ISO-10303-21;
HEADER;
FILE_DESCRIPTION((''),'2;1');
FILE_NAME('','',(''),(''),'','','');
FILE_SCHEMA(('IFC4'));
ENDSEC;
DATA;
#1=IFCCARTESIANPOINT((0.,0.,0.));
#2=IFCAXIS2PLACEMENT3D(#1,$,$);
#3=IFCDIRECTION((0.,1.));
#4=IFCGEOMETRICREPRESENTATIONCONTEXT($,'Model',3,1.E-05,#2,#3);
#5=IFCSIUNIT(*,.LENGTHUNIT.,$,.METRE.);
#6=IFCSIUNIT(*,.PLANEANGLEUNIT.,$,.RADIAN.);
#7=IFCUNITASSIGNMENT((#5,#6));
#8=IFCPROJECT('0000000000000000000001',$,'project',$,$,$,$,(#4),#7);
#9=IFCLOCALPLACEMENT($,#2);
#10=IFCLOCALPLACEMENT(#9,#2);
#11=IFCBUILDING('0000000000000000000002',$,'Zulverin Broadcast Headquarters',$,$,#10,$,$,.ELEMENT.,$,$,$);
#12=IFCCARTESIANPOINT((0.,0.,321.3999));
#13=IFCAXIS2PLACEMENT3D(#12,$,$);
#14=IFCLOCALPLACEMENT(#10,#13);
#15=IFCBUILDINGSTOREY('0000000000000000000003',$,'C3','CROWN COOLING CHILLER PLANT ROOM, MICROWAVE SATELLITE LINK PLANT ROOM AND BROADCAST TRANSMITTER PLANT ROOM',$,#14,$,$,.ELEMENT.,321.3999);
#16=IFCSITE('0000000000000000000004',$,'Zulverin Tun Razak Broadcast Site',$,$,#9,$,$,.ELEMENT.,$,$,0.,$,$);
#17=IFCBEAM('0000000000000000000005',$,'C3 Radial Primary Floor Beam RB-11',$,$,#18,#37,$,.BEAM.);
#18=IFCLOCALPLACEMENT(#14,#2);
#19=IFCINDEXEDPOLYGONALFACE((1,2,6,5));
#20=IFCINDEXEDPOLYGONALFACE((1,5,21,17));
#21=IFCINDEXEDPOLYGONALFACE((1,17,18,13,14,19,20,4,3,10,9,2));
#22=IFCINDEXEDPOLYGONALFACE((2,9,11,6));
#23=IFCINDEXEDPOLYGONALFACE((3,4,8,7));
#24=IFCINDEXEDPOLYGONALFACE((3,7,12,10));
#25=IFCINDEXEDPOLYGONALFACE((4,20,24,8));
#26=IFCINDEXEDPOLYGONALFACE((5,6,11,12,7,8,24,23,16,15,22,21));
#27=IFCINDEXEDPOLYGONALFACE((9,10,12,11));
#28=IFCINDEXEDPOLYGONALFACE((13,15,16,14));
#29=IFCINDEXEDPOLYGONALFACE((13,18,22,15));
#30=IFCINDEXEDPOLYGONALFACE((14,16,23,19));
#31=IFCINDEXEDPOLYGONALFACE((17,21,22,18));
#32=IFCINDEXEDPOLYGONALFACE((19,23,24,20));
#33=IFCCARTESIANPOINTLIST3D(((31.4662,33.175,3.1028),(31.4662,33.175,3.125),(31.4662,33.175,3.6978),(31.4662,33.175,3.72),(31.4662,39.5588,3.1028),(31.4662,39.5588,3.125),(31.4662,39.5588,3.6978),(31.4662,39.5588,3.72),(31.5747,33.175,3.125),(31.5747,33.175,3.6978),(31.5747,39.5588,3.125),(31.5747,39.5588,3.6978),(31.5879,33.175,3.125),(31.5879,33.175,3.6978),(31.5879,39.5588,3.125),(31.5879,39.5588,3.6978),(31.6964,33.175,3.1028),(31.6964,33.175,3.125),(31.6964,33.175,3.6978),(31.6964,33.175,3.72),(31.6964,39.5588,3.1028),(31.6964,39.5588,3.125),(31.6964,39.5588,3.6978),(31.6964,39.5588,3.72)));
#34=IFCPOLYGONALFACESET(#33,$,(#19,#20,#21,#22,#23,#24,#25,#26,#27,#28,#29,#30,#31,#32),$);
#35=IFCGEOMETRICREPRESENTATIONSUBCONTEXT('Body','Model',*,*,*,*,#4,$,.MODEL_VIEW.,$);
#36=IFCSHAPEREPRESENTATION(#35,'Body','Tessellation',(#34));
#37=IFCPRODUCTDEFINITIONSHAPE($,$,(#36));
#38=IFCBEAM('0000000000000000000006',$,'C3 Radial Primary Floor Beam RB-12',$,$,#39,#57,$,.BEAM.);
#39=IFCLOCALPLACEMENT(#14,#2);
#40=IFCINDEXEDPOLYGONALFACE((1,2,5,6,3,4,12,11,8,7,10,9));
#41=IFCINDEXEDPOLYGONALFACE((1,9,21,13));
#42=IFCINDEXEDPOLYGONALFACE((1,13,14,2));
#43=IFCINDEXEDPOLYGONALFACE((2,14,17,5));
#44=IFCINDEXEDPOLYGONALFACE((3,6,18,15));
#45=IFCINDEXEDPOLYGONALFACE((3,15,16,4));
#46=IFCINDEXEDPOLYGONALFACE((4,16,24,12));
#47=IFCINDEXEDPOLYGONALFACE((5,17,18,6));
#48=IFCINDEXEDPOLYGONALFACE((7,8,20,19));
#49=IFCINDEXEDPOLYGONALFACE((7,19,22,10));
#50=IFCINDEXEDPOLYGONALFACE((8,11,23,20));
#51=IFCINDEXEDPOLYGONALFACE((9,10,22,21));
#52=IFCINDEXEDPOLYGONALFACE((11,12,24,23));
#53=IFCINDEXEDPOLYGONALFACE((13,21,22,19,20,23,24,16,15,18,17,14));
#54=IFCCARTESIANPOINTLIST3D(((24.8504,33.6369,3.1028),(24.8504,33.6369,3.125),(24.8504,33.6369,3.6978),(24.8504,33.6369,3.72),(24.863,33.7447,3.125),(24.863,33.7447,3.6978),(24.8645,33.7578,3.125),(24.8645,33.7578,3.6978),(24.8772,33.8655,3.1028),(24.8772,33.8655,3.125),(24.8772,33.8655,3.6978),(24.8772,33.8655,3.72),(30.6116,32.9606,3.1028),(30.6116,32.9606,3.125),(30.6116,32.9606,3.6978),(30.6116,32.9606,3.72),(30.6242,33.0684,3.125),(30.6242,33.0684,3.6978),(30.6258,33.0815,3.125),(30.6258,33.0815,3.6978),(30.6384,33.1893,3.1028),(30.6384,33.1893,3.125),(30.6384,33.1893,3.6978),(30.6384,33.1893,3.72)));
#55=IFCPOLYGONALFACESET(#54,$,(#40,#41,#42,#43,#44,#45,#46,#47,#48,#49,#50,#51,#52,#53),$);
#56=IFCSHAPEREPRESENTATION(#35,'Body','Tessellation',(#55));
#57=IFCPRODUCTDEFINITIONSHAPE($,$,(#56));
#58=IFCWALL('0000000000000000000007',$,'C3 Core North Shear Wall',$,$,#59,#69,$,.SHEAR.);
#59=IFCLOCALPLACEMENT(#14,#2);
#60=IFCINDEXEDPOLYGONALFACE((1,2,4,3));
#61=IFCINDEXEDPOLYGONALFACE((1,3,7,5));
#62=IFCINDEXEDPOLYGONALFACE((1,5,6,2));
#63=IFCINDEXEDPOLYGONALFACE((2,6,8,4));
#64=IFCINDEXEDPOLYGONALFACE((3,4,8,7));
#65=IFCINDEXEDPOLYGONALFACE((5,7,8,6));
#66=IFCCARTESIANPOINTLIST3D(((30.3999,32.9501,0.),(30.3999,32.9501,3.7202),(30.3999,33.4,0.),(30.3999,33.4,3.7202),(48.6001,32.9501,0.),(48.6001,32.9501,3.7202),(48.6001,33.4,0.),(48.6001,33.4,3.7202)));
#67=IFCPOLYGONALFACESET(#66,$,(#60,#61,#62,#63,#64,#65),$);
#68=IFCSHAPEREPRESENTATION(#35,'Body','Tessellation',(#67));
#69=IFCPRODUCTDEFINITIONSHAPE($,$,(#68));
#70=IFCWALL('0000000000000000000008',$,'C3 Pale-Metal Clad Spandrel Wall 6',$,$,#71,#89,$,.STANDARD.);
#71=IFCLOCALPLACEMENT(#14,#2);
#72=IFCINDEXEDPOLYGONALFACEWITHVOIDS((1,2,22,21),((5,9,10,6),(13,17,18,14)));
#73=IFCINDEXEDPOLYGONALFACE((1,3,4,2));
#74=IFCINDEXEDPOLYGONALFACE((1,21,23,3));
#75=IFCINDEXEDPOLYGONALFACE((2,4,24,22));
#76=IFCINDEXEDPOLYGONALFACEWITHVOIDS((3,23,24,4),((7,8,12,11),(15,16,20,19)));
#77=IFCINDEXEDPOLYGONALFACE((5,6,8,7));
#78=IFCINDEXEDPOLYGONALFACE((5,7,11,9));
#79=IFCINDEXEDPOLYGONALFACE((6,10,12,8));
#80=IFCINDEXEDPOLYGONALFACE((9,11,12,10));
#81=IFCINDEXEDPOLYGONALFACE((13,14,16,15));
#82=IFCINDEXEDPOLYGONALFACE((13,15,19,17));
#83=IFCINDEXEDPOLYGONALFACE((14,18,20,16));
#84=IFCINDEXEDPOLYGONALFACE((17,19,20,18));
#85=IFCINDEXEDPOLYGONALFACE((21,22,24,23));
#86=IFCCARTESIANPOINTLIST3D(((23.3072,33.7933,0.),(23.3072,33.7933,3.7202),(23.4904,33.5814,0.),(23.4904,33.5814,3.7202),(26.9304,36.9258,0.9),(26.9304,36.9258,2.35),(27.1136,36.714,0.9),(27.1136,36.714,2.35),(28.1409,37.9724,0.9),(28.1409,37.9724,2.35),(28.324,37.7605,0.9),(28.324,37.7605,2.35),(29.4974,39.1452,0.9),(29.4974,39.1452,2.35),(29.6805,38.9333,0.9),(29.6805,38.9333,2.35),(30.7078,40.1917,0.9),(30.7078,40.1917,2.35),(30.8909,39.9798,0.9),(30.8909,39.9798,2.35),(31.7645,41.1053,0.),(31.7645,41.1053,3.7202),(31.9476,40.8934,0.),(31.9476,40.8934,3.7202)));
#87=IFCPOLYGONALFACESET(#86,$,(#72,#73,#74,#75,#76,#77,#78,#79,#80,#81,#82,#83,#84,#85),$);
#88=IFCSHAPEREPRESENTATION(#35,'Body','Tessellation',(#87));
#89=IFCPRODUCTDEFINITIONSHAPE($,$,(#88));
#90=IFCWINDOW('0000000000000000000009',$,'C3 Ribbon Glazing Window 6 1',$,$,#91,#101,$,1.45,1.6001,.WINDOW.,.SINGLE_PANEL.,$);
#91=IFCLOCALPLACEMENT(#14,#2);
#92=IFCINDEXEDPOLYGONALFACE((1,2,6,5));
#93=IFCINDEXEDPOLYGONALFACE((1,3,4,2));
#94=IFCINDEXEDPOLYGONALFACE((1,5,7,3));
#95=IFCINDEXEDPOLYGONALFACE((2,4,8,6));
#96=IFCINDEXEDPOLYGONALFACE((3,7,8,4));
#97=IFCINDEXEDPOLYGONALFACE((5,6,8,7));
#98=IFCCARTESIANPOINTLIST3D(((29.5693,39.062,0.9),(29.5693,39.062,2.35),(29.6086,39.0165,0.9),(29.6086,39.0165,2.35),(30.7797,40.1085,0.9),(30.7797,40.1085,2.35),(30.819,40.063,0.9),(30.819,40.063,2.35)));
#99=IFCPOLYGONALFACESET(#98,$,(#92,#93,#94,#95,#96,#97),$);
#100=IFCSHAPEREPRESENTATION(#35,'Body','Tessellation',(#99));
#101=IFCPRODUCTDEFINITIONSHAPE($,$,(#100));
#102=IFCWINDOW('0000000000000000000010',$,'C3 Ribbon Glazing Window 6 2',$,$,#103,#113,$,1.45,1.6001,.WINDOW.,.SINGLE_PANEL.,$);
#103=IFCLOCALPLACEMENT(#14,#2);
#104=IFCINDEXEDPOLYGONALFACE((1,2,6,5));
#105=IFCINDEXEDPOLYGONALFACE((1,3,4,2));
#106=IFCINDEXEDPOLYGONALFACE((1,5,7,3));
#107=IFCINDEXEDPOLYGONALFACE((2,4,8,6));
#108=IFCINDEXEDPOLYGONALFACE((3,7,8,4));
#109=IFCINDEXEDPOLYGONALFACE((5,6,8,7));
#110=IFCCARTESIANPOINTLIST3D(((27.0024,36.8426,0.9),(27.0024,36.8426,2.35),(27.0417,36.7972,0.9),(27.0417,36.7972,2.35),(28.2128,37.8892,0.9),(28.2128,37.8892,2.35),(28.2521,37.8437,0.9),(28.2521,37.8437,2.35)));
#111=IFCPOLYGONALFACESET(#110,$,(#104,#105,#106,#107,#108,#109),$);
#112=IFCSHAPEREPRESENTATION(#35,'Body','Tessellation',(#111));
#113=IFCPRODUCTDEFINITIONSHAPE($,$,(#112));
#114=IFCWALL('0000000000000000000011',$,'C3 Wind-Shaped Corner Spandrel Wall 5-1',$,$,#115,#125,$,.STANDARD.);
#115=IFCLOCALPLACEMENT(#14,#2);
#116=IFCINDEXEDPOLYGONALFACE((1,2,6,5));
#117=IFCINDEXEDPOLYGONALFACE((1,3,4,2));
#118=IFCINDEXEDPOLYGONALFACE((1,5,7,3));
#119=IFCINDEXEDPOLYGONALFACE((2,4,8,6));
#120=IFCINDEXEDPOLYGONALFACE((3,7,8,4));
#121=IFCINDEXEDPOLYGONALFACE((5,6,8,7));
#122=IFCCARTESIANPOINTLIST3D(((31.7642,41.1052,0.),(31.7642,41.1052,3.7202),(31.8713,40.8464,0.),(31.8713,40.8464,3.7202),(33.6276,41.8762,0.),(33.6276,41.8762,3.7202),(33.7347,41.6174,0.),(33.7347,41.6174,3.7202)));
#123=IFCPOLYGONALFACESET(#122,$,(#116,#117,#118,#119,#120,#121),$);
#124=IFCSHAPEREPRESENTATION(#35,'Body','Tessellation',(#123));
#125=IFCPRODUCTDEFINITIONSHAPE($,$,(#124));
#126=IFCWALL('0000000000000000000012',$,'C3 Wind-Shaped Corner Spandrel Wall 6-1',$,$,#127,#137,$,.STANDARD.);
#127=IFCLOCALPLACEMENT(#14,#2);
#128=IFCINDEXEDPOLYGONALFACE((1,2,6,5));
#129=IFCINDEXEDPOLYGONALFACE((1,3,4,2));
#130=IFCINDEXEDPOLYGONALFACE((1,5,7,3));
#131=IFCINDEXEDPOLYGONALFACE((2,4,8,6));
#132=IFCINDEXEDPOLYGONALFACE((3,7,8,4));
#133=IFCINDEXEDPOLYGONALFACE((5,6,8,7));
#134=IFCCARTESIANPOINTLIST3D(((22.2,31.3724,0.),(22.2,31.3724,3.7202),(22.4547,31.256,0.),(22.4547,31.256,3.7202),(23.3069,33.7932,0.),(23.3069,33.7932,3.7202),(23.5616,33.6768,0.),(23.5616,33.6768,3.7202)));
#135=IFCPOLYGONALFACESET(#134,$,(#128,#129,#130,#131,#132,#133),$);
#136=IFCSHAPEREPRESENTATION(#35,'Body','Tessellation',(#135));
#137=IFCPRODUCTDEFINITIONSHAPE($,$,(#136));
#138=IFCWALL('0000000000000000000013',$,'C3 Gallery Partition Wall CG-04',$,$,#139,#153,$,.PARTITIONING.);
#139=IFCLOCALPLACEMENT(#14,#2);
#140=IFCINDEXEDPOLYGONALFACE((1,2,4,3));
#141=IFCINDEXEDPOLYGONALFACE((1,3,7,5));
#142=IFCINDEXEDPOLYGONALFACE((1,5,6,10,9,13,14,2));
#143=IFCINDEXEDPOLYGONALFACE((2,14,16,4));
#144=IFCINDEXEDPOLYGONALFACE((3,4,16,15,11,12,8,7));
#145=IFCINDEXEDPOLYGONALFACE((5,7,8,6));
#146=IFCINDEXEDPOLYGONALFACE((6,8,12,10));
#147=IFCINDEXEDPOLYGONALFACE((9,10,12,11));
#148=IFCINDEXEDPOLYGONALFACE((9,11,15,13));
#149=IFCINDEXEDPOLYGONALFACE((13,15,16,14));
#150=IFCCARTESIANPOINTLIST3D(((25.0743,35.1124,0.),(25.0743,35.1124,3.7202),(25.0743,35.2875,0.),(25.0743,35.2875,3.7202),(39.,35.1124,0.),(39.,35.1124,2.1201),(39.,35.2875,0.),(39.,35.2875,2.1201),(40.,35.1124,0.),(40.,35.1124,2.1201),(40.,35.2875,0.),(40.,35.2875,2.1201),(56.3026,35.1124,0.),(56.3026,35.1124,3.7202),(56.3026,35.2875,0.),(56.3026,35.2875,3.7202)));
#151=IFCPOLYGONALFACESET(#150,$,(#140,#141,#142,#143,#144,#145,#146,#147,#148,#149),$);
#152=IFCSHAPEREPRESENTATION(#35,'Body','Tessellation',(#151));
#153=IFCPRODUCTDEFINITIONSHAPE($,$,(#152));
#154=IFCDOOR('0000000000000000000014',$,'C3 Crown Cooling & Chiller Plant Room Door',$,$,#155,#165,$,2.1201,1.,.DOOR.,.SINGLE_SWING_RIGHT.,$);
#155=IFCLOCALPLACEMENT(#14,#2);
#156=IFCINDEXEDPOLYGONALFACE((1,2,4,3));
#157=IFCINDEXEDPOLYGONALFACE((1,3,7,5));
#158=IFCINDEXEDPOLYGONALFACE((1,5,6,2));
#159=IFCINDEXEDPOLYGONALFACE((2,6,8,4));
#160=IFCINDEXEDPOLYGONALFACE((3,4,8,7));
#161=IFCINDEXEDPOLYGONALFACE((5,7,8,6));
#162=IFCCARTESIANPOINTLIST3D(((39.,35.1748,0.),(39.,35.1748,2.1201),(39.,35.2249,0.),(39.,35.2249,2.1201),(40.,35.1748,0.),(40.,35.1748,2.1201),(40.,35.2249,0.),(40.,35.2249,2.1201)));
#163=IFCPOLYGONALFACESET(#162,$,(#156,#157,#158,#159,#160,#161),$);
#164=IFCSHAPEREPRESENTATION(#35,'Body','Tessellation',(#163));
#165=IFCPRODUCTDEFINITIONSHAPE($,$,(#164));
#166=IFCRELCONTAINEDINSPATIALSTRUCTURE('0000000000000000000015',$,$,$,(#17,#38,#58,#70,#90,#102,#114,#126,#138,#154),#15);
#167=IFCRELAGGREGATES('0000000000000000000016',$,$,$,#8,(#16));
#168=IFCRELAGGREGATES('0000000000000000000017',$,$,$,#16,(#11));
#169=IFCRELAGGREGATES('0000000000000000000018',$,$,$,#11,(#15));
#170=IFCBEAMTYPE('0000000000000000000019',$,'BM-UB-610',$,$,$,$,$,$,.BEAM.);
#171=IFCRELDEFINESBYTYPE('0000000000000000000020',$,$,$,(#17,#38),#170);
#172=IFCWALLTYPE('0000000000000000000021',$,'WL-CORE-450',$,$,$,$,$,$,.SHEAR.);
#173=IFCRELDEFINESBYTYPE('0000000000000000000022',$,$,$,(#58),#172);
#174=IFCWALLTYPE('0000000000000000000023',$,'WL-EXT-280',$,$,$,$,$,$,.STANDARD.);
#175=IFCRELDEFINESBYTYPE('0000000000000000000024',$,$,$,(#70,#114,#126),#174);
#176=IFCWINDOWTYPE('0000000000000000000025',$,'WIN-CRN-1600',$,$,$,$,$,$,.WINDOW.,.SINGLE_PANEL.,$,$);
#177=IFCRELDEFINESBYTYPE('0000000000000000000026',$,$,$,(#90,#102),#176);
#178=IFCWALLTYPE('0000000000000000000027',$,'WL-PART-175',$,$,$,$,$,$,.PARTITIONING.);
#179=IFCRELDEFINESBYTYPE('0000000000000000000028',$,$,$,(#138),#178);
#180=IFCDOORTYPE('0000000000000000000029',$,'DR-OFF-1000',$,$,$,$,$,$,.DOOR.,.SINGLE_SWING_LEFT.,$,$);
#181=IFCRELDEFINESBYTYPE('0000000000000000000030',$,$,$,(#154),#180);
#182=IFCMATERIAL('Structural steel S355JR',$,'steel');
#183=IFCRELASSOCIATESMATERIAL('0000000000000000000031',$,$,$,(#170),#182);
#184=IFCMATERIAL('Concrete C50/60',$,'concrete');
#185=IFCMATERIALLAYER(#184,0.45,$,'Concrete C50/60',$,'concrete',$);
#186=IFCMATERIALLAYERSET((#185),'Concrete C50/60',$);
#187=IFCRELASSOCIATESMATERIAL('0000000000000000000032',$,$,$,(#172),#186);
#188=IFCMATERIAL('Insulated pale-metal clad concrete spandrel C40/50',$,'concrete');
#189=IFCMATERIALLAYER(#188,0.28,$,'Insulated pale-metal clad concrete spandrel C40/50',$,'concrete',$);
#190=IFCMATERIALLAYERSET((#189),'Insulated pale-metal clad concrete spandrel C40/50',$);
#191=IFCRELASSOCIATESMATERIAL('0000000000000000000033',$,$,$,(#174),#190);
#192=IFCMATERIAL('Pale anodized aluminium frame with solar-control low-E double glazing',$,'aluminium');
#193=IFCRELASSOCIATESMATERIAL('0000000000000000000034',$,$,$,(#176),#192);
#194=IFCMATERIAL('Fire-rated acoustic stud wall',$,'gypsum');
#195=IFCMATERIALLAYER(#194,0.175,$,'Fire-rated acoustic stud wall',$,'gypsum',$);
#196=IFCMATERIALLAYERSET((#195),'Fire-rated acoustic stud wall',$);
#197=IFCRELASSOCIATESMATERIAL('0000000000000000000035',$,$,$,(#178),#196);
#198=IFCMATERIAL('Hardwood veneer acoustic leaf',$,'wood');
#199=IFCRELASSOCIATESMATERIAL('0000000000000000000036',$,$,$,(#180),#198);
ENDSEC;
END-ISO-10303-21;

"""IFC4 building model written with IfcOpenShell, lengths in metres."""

from ifc_helpers import new_model, si_unit, direction, frame, frame_2d, origin, origin_2d, place, context, subcontext, project, spatial, rectangle, i_section, extrude, material, layer, layer_set, material_profile, profile_set, type_object, element, fill, save


model = new_model("IFC4")

# Units and contexts
model_context = context("Model", 3, precision=1e-05, world=origin(), true_north=direction((0.0, 1.0)))
body_context = subcontext(model_context, "Body", "Model", "MODEL_VIEW")
ifc_project = project(units=[si_unit("LENGTHUNIT", "METRE"), si_unit("PLANEANGLEUNIT", "RADIAN")], contexts=[model_context])

# Site, building, storey
site_placement = place(None, origin())
site = spatial("IfcSite", under=ifc_project, at=site_placement, Name="Zulverin Tun Razak Broadcast Site", CompositionType="ELEMENT", RefElevation=0.0)
building_placement = place(site_placement, origin())
building = spatial("IfcBuilding", under=site, at=building_placement, Name="Zulverin Broadcast Headquarters", CompositionType="ELEMENT")
storey_placement = place(building_placement, frame((0.0, 0.0, 321.3999)))
storey = spatial("IfcBuildingStorey", under=building, at=storey_placement, Name="C3", Description="CROWN COOLING CHILLER PLANT ROOM, MICROWAVE SATELLITE LINK PLANT ROOM AND BROADCAST TRANSMITTER PLANT ROOM", CompositionType="ELEMENT", Elevation=321.3999)

# Shared definitions
ifc_material_1 = material(Name="Structural steel S355JR", Category="steel")
ifc_material_2 = material(Name="Concrete C50/60", Category="concrete")

# Beams
ifc_material_profile_1 = material_profile(ifc_material_1, i_section(OverallWidth=0.2302, OverallDepth=0.6172, WebThickness=0.0132, FlangeThickness=0.0222, at=origin_2d()), Name="Structural steel S355JR", Category="steel")
ifc_profile_set_1 = profile_set([ifc_material_profile_1], Name="Structural steel S355JR")
beam_type_1 = type_object("IfcBeamType", Name="BM-UB-610", PredefinedType="BEAM", material=ifc_profile_set_1)
beam_1_placement = place(storey_placement, frame((31.5813, 33.175, 3.4114), z_axis=(0.0, 1.0, 0.0), x_axis=(-1.0, 0.0, 0.0)))
element("IfcBeam", 1, at=beam_1_placement, inside=storey, type_object=beam_type_1, Name="C3 Radial Primary Floor Beam RB-11", PredefinedType="BEAM", context=body_context, shape_type="SweptSolid", body=[
    extrude(i_section(OverallWidth=0.2302, OverallDepth=0.6172, WebThickness=0.0132, FlangeThickness=0.0222, at=origin_2d()), origin(), (0.0, 0.0, 1.0), 6.3838),
])
beam_2_placement = place(storey_placement, frame((30.625, 33.075, 3.4114), z_axis=(-0.993181, 0.116582, 0.0), x_axis=(-0.116582, -0.993181, 0.0)))
element("IfcBeam", 2, at=beam_2_placement, inside=storey, type_object=beam_type_1, Name="C3 Radial Primary Floor Beam RB-12", PredefinedType="BEAM", context=body_context, shape_type="SweptSolid", body=[
    extrude(i_section(OverallWidth=0.2302, OverallDepth=0.6172, WebThickness=0.0132, FlangeThickness=0.0222, at=origin_2d()), origin(), (0.0, 0.0, 1.0), 5.8008),
])

# Wall
ifc_layer_1 = layer(ifc_material_2, 0.45, Name="Concrete C50/60", Category="concrete")
ifc_layer_set_1 = layer_set([ifc_layer_1], Name="Concrete C50/60")
wall_type_1 = type_object("IfcWallType", Name="WL-CORE-450", PredefinedType="SHEAR", material=ifc_layer_set_1)
wall_1_placement = place(storey_placement, frame((30.3999, 33.175, 0.0), z_axis=(0.0, 0.0, 1.0), x_axis=(1.0, 0.0, 0.0)))
element("IfcWall", 3, at=wall_1_placement, inside=storey, type_object=wall_type_1, Name="C3 Core North Shear Wall", PredefinedType="SHEAR", context=body_context, shape_type="SweptSolid", body=[
    extrude(rectangle(XDim=18.2002, YDim=0.45, at=frame_2d((9.1001, 0.0))), origin(), (0.0, 0.0, 1.0), 3.7202),
])

# Wall, openings, windows
ifc_material_3 = material(Name="Insulated pale-metal clad concrete spandrel C40/50", Category="concrete")
ifc_layer_2 = layer(ifc_material_3, 0.28, Name="Insulated pale-metal clad concrete spandrel C40/50", Category="concrete")
ifc_layer_set_2 = layer_set([ifc_layer_2], Name="Insulated pale-metal clad concrete spandrel C40/50")
wall_type_2 = type_object("IfcWallType", Name="WL-EXT-280", PredefinedType="STANDARD", material=ifc_layer_set_2)
wall_2_placement = place(storey_placement, frame((31.856, 40.9993, 0.0), z_axis=(0.0, 0.0, 1.0), x_axis=(-0.756469, -0.65403, 0.0)))
wall_2 = element("IfcWall", 4, at=wall_2_placement, inside=storey, type_object=wall_type_2, Name="C3 Pale-Metal Clad Spandrel Wall 6", PredefinedType="STANDARD", context=body_context, shape_type="SweptSolid", body=[
    extrude(rectangle(XDim=11.1799, YDim=0.28, at=frame_2d((5.5898, 0.0))), origin(), (0.0, 0.0, 1.0), 3.7202),
])
opening_1_placement = place(wall_2_placement, frame((1.3967, 0.0, 0.8999)))
opening_1 = element("IfcOpeningElement", 5, at=opening_1_placement, cuts=wall_2, PredefinedType="OPENING", context=body_context, shape_type="SweptSolid", body=[
    extrude(rectangle(XDim=1.6001, YDim=1.45, at=frame_2d((0.8, 0.7251))), frame((0.0, 0.1499, 0.0), z_axis=(0.0, -1.0, 0.0), x_axis=(1.0, 0.0, 0.0)), (0.0, 0.0, 1.0), 0.3),
])
opening_2_placement = place(wall_2_placement, frame((4.79, 0.0, 0.8999)))
opening_2 = element("IfcOpeningElement", 6, at=opening_2_placement, cuts=wall_2, PredefinedType="OPENING", context=body_context, shape_type="SweptSolid", body=[
    extrude(rectangle(XDim=1.6001, YDim=1.45, at=frame_2d((0.8, 0.7251))), frame((0.0, 0.1499, 0.0), z_axis=(0.0, -1.0, 0.0), x_axis=(1.0, 0.0, 0.0)), (0.0, 0.0, 1.0), 0.3),
])
ifc_material_4 = material(Name="Pale anodized aluminium frame with solar-control low-E double glazing", Category="aluminium")
window_type = type_object("IfcWindowType", Name="WIN-CRN-1600", PartitioningType="SINGLE_PANEL", PredefinedType="WINDOW", material=ifc_material_4)
window_1_placement = place(opening_1_placement, origin())
window_1 = element("IfcWindow", 7, at=window_1_placement, inside=storey, type_object=window_type, Name="C3 Ribbon Glazing Window 6 1", OverallHeight=1.45, OverallWidth=1.6001, PartitioningType="SINGLE_PANEL", PredefinedType="WINDOW", context=body_context, shape_type="SweptSolid", body=[
    extrude(rectangle(XDim=1.6001, YDim=1.45, at=frame_2d((0.8, 0.7251))), frame((0.0, 0.03, 0.0), z_axis=(0.0, -1.0, 0.0), x_axis=(1.0, 0.0, 0.0)), (0.0, 0.0, 1.0), 0.0601),
])
fill(opening_1, window_1)
window_2_placement = place(opening_2_placement, origin())
window_2 = element("IfcWindow", 8, at=window_2_placement, inside=storey, type_object=window_type, Name="C3 Ribbon Glazing Window 6 2", OverallHeight=1.45, OverallWidth=1.6001, PartitioningType="SINGLE_PANEL", PredefinedType="WINDOW", context=body_context, shape_type="SweptSolid", body=[
    extrude(rectangle(XDim=1.6001, YDim=1.45, at=frame_2d((0.8, 0.7251))), frame((0.0, 0.03, 0.0), z_axis=(0.0, -1.0, 0.0), x_axis=(1.0, 0.0, 0.0)), (0.0, 0.0, 1.0), 0.0601),
])
fill(opening_2, window_2)

# Walls
wall_3_placement = place(storey_placement, frame((33.6812, 41.7468, 0.0), z_axis=(0.0, 0.0, 1.0), x_axis=(-0.92402, -0.382345, 0.0)))
element("IfcWall", 9, at=wall_3_placement, inside=storey, type_object=wall_type_2, Name="C3 Wind-Shaped Corner Spandrel Wall 5-1", PredefinedType="STANDARD", context=body_context, shape_type="SweptSolid", body=[
    extrude(rectangle(XDim=2.0166, YDim=0.28, at=frame_2d((1.0083, 0.0))), origin(), (0.0, 0.0, 1.0), 3.7202),
])
wall_4_placement = place(storey_placement, frame((23.4343, 33.7351, 0.0), z_axis=(0.0, 0.0, 1.0), x_axis=(-0.415833, -0.909441, 0.0)))
element("IfcWall", 10, at=wall_4_placement, inside=storey, type_object=wall_type_2, Name="C3 Wind-Shaped Corner Spandrel Wall 6-1", PredefinedType="STANDARD", context=body_context, shape_type="SweptSolid", body=[
    extrude(rectangle(XDim=2.6619, YDim=0.28, at=frame_2d((1.3311, 0.0))), origin(), (0.0, 0.0, 1.0), 3.7202),
])

# Wall, opening, door
ifc_material_5 = material(Name="Fire-rated acoustic stud wall", Category="gypsum")
ifc_layer_3 = layer(ifc_material_5, 0.175, Name="Fire-rated acoustic stud wall", Category="gypsum")
ifc_layer_set_3 = layer_set([ifc_layer_3], Name="Fire-rated acoustic stud wall")
wall_type_3 = type_object("IfcWallType", Name="WL-PART-175", PredefinedType="PARTITIONING", material=ifc_layer_set_3)
wall_5_placement = place(storey_placement, frame((25.0742, 35.2, 0.0), z_axis=(0.0, 0.0, 1.0), x_axis=(1.0, 0.0, 0.0)))
wall_5 = element("IfcWall", 11, at=wall_5_placement, inside=storey, type_object=wall_type_3, Name="C3 Gallery Partition Wall CG-04", PredefinedType="PARTITIONING", context=body_context, shape_type="SweptSolid", body=[
    extrude(rectangle(XDim=31.2283, YDim=0.175, at=frame_2d((15.6143, 0.0))), origin(), (0.0, 0.0, 1.0), 3.7202),
])
opening_3_placement = place(wall_5_placement, frame((13.9258, 0.0, 0.0)))
opening_3 = element("IfcOpeningElement", 12, at=opening_3_placement, cuts=wall_5, PredefinedType="OPENING", context=body_context, shape_type="SweptSolid", body=[
    extrude(rectangle(XDim=1.0, YDim=2.1201, at=frame_2d((0.5, 1.0601))), frame((0.0, 0.0974, 0.0), z_axis=(0.0, -1.0, 0.0), x_axis=(1.0, 0.0, 0.0)), (0.0, 0.0, 1.0), 0.1951),
])
ifc_material_6 = material(Name="Hardwood veneer acoustic leaf", Category="wood")
door_type = type_object("IfcDoorType", Name="DR-OFF-1000", OperationType="SINGLE_SWING_LEFT", PredefinedType="DOOR", material=ifc_material_6)
door_placement = place(opening_3_placement, origin())
door = element("IfcDoor", 13, at=door_placement, inside=storey, type_object=door_type, Name="C3 Crown Cooling & Chiller Plant Room Door", OperationType="SINGLE_SWING_RIGHT", OverallHeight=2.1201, OverallWidth=1.0, PredefinedType="DOOR", context=body_context, shape_type="SweptSolid", body=[
    extrude(rectangle(XDim=1.0, YDim=2.1201, at=frame_2d((0.5, 1.0601))), frame((0.0, 0.0249, 0.0), z_axis=(0.0, -1.0, 0.0), x_axis=(1.0, 0.0, 0.0)), (0.0, 0.0, 1.0), 0.05),
])
fill(opening_3, door)

save(model, "model.ifc")
